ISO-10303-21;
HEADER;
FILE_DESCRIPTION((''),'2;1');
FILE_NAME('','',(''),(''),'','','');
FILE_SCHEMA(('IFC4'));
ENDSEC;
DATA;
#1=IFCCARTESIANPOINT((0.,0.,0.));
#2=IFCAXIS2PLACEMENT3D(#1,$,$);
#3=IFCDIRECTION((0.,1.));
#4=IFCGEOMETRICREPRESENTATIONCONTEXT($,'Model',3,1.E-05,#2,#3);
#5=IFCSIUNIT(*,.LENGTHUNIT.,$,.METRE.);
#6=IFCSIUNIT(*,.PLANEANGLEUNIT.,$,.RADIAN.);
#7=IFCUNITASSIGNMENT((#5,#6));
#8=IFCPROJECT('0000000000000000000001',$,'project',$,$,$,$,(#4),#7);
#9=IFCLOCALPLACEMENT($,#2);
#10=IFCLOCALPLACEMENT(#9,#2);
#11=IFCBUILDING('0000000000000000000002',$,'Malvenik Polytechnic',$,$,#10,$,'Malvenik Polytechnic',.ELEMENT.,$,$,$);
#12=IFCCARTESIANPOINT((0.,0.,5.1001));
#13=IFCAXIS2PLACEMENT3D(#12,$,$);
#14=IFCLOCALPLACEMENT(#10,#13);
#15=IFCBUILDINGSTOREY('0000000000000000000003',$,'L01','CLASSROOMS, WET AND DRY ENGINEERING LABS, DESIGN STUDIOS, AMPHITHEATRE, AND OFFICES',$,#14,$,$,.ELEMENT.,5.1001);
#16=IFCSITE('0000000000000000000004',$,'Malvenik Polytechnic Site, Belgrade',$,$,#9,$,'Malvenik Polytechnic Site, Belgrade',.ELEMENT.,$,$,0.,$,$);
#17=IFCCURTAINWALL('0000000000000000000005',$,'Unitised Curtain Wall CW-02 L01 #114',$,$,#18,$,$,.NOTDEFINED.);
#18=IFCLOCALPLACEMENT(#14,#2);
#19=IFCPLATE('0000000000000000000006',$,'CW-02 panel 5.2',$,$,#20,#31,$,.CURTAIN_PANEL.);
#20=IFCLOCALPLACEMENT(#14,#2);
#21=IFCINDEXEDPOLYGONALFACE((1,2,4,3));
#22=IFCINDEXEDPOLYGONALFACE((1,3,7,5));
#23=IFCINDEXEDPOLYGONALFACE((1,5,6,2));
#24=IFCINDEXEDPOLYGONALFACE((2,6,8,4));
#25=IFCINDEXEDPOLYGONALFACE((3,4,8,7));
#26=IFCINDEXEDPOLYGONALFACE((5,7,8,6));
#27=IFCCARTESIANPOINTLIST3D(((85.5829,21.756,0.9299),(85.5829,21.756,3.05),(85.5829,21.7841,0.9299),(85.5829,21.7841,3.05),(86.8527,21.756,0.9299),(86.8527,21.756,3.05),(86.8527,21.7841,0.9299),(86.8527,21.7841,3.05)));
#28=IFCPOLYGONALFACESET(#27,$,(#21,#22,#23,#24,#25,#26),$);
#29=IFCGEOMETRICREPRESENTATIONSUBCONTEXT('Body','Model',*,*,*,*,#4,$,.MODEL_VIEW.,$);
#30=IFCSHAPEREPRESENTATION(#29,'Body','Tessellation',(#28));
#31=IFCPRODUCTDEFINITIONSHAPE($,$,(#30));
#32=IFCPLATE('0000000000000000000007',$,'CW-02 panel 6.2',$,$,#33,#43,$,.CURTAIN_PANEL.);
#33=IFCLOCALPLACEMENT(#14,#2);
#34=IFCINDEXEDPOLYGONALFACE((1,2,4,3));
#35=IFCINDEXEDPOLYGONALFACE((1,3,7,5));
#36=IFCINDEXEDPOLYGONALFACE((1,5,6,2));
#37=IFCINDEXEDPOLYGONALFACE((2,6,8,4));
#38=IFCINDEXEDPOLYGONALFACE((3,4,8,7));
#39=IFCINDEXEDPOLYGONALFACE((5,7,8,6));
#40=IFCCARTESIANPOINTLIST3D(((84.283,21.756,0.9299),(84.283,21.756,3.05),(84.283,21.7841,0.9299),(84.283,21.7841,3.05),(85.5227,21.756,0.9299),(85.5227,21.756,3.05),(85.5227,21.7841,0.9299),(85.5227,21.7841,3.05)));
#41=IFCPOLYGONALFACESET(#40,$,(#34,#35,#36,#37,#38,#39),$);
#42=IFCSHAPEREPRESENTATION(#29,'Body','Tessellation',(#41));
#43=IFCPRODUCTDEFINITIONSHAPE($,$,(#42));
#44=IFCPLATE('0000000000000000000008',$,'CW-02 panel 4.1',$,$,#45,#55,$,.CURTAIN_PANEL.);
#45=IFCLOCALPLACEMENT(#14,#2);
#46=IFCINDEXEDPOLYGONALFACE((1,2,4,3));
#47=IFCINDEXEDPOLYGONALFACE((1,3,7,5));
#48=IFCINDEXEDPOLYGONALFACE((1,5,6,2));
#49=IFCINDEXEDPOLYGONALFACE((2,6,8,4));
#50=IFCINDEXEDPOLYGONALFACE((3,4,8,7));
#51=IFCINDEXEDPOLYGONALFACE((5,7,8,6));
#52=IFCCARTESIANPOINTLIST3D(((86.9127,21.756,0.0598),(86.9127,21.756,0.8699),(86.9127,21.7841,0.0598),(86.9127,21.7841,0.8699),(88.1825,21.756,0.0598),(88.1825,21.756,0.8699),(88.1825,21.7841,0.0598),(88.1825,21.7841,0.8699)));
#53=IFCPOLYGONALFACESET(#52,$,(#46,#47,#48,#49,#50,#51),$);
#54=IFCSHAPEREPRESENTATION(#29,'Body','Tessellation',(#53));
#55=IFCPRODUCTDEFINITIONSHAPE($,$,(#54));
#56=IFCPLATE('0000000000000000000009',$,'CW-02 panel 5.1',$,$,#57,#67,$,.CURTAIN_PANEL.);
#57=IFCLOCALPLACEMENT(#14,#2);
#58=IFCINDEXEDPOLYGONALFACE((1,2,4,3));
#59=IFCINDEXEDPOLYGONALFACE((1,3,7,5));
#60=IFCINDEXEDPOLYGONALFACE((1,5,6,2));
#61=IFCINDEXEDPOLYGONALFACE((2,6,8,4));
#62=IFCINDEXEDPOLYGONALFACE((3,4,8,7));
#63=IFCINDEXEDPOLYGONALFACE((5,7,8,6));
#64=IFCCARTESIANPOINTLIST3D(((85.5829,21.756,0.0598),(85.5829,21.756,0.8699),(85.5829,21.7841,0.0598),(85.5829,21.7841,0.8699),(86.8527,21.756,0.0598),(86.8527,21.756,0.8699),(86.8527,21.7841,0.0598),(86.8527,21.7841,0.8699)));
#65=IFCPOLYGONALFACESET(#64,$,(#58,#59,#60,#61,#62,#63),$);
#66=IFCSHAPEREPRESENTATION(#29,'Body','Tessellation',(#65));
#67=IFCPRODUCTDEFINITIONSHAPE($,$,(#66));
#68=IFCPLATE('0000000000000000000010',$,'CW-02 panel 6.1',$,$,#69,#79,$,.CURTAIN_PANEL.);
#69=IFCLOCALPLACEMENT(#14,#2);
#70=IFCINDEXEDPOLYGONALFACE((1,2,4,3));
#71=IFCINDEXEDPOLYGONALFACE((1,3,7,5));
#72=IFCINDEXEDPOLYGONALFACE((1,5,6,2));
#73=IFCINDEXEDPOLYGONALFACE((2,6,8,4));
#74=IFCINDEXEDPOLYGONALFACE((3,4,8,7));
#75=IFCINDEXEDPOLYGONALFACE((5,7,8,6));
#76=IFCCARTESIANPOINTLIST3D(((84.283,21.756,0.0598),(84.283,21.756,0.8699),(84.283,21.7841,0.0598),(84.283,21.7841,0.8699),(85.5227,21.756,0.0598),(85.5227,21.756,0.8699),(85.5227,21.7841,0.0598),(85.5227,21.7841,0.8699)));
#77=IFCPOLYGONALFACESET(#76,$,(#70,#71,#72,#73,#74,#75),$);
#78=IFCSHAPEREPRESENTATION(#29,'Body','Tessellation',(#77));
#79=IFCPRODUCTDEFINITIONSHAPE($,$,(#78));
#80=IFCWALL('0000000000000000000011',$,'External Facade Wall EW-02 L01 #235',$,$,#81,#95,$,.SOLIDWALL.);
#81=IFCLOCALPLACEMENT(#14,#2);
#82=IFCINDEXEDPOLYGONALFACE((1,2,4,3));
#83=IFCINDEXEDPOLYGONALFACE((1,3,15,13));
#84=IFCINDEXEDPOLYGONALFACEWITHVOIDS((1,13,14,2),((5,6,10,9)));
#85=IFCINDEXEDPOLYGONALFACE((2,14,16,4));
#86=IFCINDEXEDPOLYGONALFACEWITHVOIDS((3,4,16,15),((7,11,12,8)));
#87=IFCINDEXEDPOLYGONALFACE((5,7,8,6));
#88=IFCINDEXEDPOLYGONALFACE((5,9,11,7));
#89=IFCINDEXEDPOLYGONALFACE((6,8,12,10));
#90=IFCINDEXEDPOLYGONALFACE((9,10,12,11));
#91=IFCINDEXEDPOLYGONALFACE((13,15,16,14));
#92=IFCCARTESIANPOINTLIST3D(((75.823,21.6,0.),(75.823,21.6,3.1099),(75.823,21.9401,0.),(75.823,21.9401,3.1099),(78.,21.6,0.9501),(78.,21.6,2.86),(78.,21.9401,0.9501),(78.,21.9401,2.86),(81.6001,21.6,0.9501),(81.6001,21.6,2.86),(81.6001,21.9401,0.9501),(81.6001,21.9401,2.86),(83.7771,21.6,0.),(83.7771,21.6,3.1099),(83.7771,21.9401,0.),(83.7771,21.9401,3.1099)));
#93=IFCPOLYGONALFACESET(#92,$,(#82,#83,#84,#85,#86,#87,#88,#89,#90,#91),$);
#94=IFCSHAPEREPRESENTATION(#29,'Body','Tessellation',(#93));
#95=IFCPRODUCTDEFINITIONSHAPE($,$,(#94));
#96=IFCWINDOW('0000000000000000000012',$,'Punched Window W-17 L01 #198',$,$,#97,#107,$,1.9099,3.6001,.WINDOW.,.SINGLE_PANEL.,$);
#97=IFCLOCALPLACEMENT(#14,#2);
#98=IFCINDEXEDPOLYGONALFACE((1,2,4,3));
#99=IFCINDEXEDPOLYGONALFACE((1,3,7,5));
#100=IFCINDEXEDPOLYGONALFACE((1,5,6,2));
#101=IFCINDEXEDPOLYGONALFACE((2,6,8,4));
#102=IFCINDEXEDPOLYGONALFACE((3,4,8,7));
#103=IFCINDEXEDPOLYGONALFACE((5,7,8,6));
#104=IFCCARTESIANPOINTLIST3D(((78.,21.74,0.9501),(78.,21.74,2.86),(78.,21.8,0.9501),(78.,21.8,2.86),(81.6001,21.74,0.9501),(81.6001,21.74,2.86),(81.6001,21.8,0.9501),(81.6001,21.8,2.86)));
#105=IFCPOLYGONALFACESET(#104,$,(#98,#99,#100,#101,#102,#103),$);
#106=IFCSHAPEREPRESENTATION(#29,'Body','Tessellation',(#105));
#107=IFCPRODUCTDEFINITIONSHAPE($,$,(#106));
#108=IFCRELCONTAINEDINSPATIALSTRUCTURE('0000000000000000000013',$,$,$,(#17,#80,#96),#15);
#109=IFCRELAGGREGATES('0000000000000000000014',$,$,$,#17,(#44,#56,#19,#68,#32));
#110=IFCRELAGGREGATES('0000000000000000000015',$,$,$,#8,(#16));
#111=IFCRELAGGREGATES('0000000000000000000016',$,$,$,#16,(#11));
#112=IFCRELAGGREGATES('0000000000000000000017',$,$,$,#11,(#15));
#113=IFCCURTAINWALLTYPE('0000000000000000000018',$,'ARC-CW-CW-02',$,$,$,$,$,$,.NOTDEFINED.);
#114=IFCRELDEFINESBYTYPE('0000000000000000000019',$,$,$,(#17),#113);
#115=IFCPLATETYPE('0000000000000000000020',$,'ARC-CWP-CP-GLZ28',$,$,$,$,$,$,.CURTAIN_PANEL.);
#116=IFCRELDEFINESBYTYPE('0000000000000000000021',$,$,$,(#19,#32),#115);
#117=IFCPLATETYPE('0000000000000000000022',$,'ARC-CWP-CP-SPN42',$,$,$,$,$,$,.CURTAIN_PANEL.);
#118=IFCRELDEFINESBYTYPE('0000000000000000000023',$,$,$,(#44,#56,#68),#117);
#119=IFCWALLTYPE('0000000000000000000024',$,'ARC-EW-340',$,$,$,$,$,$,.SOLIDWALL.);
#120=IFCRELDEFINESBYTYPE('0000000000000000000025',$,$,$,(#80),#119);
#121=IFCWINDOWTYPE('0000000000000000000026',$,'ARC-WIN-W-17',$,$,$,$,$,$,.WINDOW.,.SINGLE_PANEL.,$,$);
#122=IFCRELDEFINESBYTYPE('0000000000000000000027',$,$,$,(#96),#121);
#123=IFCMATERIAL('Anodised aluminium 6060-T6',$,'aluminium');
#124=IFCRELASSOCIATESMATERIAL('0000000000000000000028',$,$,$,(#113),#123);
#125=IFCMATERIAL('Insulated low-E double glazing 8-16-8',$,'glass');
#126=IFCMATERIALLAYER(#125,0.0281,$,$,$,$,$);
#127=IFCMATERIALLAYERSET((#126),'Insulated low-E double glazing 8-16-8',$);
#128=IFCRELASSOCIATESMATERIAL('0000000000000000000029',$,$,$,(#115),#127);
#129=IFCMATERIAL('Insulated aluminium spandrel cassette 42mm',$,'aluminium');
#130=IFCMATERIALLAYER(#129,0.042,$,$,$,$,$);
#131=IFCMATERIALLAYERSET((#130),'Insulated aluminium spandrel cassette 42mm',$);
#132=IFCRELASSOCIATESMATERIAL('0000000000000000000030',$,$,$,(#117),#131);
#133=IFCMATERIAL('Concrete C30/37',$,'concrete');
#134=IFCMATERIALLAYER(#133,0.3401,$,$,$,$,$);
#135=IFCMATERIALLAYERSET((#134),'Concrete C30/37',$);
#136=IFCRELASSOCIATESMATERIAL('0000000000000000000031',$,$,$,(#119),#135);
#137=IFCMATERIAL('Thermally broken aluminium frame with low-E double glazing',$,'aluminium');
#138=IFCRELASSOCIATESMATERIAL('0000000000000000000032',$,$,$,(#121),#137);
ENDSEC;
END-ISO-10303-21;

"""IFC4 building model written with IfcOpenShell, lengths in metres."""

from ifc_helpers import new_model, si_unit, direction, frame, frame_2d, origin, origin_2d, place, context, subcontext, project, spatial, rectangle, extrude, material, layer, layer_set, type_object, element, fill, aggregate, save


model = new_model("IFC4")

# Units and contexts
model_context = context("Model", 3, precision=1e-05, world=origin(), true_north=direction((0.0, 1.0)))
body_context = subcontext(model_context, "Body", "Model", "MODEL_VIEW")
ifc_project = project(units=[si_unit("LENGTHUNIT", "METRE"), si_unit("PLANEANGLEUNIT", "RADIAN")], contexts=[model_context])

# Site, building, storey
site_placement = place(None, origin())
site = spatial("IfcSite", under=ifc_project, at=site_placement, Name="Malvenik Polytechnic Site, Belgrade", LongName="Malvenik Polytechnic Site, Belgrade", CompositionType="ELEMENT", RefElevation=0.0)
building_placement = place(site_placement, origin())
building = spatial("IfcBuilding", under=site, at=building_placement, Name="Malvenik Polytechnic", LongName="Malvenik Polytechnic", CompositionType="ELEMENT")
storey_placement = place(building_placement, frame((0.0, 0.0, 5.1001)))
storey = spatial("IfcBuildingStorey", under=building, at=storey_placement, Name="L01", Description="CLASSROOMS, WET AND DRY ENGINEERING LABS, DESIGN STUDIOS, AMPHITHEATRE, AND OFFICES", CompositionType="ELEMENT", Elevation=5.1001)

# Curtain wall
ifc_material_1 = material(Name="Anodised aluminium 6060-T6", Category="aluminium")
curtain_wall_type = type_object("IfcCurtainWallType", Name="ARC-CW-CW-02", PredefinedType="NOTDEFINED", material=ifc_material_1)
curtain_wall_placement = place(storey_placement, origin())
curtain_wall = element("IfcCurtainWall", 1, at=curtain_wall_placement, inside=storey, type_object=curtain_wall_type, Name="Unitised Curtain Wall CW-02 L01 #114", PredefinedType="NOTDEFINED")

# Plates
ifc_material_2 = material(Name="Insulated low-E double glazing 8-16-8", Category="glass")
ifc_layer_1 = layer(ifc_material_2, 0.0281)
ifc_layer_set_1 = layer_set([ifc_layer_1], Name="Insulated low-E double glazing 8-16-8")
plate_type_1 = type_object("IfcPlateType", Name="ARC-CWP-CP-GLZ28", PredefinedType="CURTAIN_PANEL", material=ifc_layer_set_1)
plate_1_placement = place(storey_placement, frame((86.2178, 21.77, 0.9299), z_axis=(0.0, 0.0, 1.0), x_axis=(-1.0, 0.0, 0.0)))
plate_1 = element("IfcPlate", 2, at=plate_1_placement, type_object=plate_type_1, Name="CW-02 panel 5.2", PredefinedType="CURTAIN_PANEL", context=body_context, shape_type="SweptSolid", body=[
    extrude(rectangle(XDim=1.2698, YDim=0.0281, at=origin_2d()), origin(), (0.0, 0.0, 1.0), 2.1201),
])
plate_2_placement = place(storey_placement, frame((84.9028, 21.77, 0.9299), z_axis=(0.0, 0.0, 1.0), x_axis=(-1.0, 0.0, 0.0)))
plate_2 = element("IfcPlate", 3, at=plate_2_placement, type_object=plate_type_1, Name="CW-02 panel 6.2", PredefinedType="CURTAIN_PANEL", context=body_context, shape_type="SweptSolid", body=[
    extrude(rectangle(XDim=1.2397, YDim=0.0281, at=origin_2d()), origin(), (0.0, 0.0, 1.0), 2.1201),
])
ifc_material_3 = material(Name="Insulated aluminium spandrel cassette 42mm", Category="aluminium")
ifc_layer_2 = layer(ifc_material_3, 0.042)
ifc_layer_set_2 = layer_set([ifc_layer_2], Name="Insulated aluminium spandrel cassette 42mm")
plate_type_2 = type_object("IfcPlateType", Name="ARC-CWP-CP-SPN42", PredefinedType="CURTAIN_PANEL", material=ifc_layer_set_2)
plate_3_placement = place(storey_placement, frame((87.5476, 21.77, 0.0598), z_axis=(0.0, 0.0, 1.0), x_axis=(-1.0, 0.0, 0.0)))
plate_3 = element("IfcPlate", 4, at=plate_3_placement, type_object=plate_type_2, Name="CW-02 panel 4.1", PredefinedType="CURTAIN_PANEL", context=body_context, shape_type="SweptSolid", body=[
    extrude(rectangle(XDim=1.2698, YDim=0.0281, at=origin_2d()), origin(), (0.0, 0.0, 1.0), 0.8101),
])
plate_4_placement = place(storey_placement, frame((86.2178, 21.77, 0.0598), z_axis=(0.0, 0.0, 1.0), x_axis=(-1.0, 0.0, 0.0)))
plate_4 = element("IfcPlate", 5, at=plate_4_placement, type_object=plate_type_2, Name="CW-02 panel 5.1", PredefinedType="CURTAIN_PANEL", context=body_context, shape_type="SweptSolid", body=[
    extrude(rectangle(XDim=1.2698, YDim=0.0281, at=origin_2d()), origin(), (0.0, 0.0, 1.0), 0.8101),
])
plate_5_placement = place(storey_placement, frame((84.9028, 21.77, 0.0598), z_axis=(0.0, 0.0, 1.0), x_axis=(-1.0, 0.0, 0.0)))
plate_5 = element("IfcPlate", 6, at=plate_5_placement, type_object=plate_type_2, Name="CW-02 panel 6.1", PredefinedType="CURTAIN_PANEL", context=body_context, shape_type="SweptSolid", body=[
    extrude(rectangle(XDim=1.2397, YDim=0.0281, at=origin_2d()), origin(), (0.0, 0.0, 1.0), 0.8101),
])
aggregate(curtain_wall, [plate_3, plate_4, plate_1, plate_5, plate_2])

# Wall, opening, window
ifc_material_4 = material(Name="Concrete C30/37", Category="concrete")
ifc_layer_3 = layer(ifc_material_4, 0.3401)
ifc_layer_set_3 = layer_set([ifc_layer_3], Name="Concrete C30/37")
wall_type = type_object("IfcWallType", Name="ARC-EW-340", PredefinedType="SOLIDWALL", material=ifc_layer_set_3)
wall_placement = place(storey_placement, frame((83.7771, 21.77, 0.0), z_axis=(0.0, 0.0, 1.0), x_axis=(-1.0, 0.0, 0.0)))
wall = element("IfcWall", 7, at=wall_placement, inside=storey, type_object=wall_type, Name="External Facade Wall EW-02 L01 #235", PredefinedType="SOLIDWALL", context=body_context, shape_type="SweptSolid", body=[
    extrude(rectangle(XDim=7.9541, YDim=0.3401, at=frame_2d((3.9771, 0.0))), origin(), (0.0, 0.0, 1.0), 3.1099),
])
opening_placement = place(wall_placement, frame((2.177, 0.0, 0.95)))
opening = element("IfcOpeningElement", 8, at=opening_placement, cuts=wall, PredefinedType="OPENING", context=body_context, shape_type="SweptSolid", body=[
    extrude(rectangle(XDim=3.6001, YDim=1.9099, at=frame_2d((1.8, 0.9551))), frame((0.0, 0.1802, 0.0), z_axis=(0.0, -1.0, 0.0), x_axis=(1.0, 0.0, 0.0)), (0.0, 0.0, 1.0), 0.3601),
])
ifc_material_5 = material(Name="Thermally broken aluminium frame with low-E double glazing", Category="aluminium")
window_type = type_object("IfcWindowType", Name="ARC-WIN-W-17", PartitioningType="SINGLE_PANEL", PredefinedType="WINDOW", material=ifc_material_5)
window_placement = place(opening_placement, origin())
window = element("IfcWindow", 9, at=window_placement, inside=storey, type_object=window_type, Name="Punched Window W-17 L01 #198", OverallHeight=1.9099, OverallWidth=3.6001, PartitioningType="SINGLE_PANEL", PredefinedType="WINDOW", context=body_context, shape_type="SweptSolid", body=[
    extrude(rectangle(XDim=3.6001, YDim=1.9099, at=frame_2d((1.8, 0.9551))), frame((0.0, 0.03, 0.0), z_axis=(0.0, -1.0, 0.0), x_axis=(1.0, 0.0, 0.0)), (0.0, 0.0, 1.0), 0.0601),
])
fill(opening, window)

save(model, "model.ifc")
